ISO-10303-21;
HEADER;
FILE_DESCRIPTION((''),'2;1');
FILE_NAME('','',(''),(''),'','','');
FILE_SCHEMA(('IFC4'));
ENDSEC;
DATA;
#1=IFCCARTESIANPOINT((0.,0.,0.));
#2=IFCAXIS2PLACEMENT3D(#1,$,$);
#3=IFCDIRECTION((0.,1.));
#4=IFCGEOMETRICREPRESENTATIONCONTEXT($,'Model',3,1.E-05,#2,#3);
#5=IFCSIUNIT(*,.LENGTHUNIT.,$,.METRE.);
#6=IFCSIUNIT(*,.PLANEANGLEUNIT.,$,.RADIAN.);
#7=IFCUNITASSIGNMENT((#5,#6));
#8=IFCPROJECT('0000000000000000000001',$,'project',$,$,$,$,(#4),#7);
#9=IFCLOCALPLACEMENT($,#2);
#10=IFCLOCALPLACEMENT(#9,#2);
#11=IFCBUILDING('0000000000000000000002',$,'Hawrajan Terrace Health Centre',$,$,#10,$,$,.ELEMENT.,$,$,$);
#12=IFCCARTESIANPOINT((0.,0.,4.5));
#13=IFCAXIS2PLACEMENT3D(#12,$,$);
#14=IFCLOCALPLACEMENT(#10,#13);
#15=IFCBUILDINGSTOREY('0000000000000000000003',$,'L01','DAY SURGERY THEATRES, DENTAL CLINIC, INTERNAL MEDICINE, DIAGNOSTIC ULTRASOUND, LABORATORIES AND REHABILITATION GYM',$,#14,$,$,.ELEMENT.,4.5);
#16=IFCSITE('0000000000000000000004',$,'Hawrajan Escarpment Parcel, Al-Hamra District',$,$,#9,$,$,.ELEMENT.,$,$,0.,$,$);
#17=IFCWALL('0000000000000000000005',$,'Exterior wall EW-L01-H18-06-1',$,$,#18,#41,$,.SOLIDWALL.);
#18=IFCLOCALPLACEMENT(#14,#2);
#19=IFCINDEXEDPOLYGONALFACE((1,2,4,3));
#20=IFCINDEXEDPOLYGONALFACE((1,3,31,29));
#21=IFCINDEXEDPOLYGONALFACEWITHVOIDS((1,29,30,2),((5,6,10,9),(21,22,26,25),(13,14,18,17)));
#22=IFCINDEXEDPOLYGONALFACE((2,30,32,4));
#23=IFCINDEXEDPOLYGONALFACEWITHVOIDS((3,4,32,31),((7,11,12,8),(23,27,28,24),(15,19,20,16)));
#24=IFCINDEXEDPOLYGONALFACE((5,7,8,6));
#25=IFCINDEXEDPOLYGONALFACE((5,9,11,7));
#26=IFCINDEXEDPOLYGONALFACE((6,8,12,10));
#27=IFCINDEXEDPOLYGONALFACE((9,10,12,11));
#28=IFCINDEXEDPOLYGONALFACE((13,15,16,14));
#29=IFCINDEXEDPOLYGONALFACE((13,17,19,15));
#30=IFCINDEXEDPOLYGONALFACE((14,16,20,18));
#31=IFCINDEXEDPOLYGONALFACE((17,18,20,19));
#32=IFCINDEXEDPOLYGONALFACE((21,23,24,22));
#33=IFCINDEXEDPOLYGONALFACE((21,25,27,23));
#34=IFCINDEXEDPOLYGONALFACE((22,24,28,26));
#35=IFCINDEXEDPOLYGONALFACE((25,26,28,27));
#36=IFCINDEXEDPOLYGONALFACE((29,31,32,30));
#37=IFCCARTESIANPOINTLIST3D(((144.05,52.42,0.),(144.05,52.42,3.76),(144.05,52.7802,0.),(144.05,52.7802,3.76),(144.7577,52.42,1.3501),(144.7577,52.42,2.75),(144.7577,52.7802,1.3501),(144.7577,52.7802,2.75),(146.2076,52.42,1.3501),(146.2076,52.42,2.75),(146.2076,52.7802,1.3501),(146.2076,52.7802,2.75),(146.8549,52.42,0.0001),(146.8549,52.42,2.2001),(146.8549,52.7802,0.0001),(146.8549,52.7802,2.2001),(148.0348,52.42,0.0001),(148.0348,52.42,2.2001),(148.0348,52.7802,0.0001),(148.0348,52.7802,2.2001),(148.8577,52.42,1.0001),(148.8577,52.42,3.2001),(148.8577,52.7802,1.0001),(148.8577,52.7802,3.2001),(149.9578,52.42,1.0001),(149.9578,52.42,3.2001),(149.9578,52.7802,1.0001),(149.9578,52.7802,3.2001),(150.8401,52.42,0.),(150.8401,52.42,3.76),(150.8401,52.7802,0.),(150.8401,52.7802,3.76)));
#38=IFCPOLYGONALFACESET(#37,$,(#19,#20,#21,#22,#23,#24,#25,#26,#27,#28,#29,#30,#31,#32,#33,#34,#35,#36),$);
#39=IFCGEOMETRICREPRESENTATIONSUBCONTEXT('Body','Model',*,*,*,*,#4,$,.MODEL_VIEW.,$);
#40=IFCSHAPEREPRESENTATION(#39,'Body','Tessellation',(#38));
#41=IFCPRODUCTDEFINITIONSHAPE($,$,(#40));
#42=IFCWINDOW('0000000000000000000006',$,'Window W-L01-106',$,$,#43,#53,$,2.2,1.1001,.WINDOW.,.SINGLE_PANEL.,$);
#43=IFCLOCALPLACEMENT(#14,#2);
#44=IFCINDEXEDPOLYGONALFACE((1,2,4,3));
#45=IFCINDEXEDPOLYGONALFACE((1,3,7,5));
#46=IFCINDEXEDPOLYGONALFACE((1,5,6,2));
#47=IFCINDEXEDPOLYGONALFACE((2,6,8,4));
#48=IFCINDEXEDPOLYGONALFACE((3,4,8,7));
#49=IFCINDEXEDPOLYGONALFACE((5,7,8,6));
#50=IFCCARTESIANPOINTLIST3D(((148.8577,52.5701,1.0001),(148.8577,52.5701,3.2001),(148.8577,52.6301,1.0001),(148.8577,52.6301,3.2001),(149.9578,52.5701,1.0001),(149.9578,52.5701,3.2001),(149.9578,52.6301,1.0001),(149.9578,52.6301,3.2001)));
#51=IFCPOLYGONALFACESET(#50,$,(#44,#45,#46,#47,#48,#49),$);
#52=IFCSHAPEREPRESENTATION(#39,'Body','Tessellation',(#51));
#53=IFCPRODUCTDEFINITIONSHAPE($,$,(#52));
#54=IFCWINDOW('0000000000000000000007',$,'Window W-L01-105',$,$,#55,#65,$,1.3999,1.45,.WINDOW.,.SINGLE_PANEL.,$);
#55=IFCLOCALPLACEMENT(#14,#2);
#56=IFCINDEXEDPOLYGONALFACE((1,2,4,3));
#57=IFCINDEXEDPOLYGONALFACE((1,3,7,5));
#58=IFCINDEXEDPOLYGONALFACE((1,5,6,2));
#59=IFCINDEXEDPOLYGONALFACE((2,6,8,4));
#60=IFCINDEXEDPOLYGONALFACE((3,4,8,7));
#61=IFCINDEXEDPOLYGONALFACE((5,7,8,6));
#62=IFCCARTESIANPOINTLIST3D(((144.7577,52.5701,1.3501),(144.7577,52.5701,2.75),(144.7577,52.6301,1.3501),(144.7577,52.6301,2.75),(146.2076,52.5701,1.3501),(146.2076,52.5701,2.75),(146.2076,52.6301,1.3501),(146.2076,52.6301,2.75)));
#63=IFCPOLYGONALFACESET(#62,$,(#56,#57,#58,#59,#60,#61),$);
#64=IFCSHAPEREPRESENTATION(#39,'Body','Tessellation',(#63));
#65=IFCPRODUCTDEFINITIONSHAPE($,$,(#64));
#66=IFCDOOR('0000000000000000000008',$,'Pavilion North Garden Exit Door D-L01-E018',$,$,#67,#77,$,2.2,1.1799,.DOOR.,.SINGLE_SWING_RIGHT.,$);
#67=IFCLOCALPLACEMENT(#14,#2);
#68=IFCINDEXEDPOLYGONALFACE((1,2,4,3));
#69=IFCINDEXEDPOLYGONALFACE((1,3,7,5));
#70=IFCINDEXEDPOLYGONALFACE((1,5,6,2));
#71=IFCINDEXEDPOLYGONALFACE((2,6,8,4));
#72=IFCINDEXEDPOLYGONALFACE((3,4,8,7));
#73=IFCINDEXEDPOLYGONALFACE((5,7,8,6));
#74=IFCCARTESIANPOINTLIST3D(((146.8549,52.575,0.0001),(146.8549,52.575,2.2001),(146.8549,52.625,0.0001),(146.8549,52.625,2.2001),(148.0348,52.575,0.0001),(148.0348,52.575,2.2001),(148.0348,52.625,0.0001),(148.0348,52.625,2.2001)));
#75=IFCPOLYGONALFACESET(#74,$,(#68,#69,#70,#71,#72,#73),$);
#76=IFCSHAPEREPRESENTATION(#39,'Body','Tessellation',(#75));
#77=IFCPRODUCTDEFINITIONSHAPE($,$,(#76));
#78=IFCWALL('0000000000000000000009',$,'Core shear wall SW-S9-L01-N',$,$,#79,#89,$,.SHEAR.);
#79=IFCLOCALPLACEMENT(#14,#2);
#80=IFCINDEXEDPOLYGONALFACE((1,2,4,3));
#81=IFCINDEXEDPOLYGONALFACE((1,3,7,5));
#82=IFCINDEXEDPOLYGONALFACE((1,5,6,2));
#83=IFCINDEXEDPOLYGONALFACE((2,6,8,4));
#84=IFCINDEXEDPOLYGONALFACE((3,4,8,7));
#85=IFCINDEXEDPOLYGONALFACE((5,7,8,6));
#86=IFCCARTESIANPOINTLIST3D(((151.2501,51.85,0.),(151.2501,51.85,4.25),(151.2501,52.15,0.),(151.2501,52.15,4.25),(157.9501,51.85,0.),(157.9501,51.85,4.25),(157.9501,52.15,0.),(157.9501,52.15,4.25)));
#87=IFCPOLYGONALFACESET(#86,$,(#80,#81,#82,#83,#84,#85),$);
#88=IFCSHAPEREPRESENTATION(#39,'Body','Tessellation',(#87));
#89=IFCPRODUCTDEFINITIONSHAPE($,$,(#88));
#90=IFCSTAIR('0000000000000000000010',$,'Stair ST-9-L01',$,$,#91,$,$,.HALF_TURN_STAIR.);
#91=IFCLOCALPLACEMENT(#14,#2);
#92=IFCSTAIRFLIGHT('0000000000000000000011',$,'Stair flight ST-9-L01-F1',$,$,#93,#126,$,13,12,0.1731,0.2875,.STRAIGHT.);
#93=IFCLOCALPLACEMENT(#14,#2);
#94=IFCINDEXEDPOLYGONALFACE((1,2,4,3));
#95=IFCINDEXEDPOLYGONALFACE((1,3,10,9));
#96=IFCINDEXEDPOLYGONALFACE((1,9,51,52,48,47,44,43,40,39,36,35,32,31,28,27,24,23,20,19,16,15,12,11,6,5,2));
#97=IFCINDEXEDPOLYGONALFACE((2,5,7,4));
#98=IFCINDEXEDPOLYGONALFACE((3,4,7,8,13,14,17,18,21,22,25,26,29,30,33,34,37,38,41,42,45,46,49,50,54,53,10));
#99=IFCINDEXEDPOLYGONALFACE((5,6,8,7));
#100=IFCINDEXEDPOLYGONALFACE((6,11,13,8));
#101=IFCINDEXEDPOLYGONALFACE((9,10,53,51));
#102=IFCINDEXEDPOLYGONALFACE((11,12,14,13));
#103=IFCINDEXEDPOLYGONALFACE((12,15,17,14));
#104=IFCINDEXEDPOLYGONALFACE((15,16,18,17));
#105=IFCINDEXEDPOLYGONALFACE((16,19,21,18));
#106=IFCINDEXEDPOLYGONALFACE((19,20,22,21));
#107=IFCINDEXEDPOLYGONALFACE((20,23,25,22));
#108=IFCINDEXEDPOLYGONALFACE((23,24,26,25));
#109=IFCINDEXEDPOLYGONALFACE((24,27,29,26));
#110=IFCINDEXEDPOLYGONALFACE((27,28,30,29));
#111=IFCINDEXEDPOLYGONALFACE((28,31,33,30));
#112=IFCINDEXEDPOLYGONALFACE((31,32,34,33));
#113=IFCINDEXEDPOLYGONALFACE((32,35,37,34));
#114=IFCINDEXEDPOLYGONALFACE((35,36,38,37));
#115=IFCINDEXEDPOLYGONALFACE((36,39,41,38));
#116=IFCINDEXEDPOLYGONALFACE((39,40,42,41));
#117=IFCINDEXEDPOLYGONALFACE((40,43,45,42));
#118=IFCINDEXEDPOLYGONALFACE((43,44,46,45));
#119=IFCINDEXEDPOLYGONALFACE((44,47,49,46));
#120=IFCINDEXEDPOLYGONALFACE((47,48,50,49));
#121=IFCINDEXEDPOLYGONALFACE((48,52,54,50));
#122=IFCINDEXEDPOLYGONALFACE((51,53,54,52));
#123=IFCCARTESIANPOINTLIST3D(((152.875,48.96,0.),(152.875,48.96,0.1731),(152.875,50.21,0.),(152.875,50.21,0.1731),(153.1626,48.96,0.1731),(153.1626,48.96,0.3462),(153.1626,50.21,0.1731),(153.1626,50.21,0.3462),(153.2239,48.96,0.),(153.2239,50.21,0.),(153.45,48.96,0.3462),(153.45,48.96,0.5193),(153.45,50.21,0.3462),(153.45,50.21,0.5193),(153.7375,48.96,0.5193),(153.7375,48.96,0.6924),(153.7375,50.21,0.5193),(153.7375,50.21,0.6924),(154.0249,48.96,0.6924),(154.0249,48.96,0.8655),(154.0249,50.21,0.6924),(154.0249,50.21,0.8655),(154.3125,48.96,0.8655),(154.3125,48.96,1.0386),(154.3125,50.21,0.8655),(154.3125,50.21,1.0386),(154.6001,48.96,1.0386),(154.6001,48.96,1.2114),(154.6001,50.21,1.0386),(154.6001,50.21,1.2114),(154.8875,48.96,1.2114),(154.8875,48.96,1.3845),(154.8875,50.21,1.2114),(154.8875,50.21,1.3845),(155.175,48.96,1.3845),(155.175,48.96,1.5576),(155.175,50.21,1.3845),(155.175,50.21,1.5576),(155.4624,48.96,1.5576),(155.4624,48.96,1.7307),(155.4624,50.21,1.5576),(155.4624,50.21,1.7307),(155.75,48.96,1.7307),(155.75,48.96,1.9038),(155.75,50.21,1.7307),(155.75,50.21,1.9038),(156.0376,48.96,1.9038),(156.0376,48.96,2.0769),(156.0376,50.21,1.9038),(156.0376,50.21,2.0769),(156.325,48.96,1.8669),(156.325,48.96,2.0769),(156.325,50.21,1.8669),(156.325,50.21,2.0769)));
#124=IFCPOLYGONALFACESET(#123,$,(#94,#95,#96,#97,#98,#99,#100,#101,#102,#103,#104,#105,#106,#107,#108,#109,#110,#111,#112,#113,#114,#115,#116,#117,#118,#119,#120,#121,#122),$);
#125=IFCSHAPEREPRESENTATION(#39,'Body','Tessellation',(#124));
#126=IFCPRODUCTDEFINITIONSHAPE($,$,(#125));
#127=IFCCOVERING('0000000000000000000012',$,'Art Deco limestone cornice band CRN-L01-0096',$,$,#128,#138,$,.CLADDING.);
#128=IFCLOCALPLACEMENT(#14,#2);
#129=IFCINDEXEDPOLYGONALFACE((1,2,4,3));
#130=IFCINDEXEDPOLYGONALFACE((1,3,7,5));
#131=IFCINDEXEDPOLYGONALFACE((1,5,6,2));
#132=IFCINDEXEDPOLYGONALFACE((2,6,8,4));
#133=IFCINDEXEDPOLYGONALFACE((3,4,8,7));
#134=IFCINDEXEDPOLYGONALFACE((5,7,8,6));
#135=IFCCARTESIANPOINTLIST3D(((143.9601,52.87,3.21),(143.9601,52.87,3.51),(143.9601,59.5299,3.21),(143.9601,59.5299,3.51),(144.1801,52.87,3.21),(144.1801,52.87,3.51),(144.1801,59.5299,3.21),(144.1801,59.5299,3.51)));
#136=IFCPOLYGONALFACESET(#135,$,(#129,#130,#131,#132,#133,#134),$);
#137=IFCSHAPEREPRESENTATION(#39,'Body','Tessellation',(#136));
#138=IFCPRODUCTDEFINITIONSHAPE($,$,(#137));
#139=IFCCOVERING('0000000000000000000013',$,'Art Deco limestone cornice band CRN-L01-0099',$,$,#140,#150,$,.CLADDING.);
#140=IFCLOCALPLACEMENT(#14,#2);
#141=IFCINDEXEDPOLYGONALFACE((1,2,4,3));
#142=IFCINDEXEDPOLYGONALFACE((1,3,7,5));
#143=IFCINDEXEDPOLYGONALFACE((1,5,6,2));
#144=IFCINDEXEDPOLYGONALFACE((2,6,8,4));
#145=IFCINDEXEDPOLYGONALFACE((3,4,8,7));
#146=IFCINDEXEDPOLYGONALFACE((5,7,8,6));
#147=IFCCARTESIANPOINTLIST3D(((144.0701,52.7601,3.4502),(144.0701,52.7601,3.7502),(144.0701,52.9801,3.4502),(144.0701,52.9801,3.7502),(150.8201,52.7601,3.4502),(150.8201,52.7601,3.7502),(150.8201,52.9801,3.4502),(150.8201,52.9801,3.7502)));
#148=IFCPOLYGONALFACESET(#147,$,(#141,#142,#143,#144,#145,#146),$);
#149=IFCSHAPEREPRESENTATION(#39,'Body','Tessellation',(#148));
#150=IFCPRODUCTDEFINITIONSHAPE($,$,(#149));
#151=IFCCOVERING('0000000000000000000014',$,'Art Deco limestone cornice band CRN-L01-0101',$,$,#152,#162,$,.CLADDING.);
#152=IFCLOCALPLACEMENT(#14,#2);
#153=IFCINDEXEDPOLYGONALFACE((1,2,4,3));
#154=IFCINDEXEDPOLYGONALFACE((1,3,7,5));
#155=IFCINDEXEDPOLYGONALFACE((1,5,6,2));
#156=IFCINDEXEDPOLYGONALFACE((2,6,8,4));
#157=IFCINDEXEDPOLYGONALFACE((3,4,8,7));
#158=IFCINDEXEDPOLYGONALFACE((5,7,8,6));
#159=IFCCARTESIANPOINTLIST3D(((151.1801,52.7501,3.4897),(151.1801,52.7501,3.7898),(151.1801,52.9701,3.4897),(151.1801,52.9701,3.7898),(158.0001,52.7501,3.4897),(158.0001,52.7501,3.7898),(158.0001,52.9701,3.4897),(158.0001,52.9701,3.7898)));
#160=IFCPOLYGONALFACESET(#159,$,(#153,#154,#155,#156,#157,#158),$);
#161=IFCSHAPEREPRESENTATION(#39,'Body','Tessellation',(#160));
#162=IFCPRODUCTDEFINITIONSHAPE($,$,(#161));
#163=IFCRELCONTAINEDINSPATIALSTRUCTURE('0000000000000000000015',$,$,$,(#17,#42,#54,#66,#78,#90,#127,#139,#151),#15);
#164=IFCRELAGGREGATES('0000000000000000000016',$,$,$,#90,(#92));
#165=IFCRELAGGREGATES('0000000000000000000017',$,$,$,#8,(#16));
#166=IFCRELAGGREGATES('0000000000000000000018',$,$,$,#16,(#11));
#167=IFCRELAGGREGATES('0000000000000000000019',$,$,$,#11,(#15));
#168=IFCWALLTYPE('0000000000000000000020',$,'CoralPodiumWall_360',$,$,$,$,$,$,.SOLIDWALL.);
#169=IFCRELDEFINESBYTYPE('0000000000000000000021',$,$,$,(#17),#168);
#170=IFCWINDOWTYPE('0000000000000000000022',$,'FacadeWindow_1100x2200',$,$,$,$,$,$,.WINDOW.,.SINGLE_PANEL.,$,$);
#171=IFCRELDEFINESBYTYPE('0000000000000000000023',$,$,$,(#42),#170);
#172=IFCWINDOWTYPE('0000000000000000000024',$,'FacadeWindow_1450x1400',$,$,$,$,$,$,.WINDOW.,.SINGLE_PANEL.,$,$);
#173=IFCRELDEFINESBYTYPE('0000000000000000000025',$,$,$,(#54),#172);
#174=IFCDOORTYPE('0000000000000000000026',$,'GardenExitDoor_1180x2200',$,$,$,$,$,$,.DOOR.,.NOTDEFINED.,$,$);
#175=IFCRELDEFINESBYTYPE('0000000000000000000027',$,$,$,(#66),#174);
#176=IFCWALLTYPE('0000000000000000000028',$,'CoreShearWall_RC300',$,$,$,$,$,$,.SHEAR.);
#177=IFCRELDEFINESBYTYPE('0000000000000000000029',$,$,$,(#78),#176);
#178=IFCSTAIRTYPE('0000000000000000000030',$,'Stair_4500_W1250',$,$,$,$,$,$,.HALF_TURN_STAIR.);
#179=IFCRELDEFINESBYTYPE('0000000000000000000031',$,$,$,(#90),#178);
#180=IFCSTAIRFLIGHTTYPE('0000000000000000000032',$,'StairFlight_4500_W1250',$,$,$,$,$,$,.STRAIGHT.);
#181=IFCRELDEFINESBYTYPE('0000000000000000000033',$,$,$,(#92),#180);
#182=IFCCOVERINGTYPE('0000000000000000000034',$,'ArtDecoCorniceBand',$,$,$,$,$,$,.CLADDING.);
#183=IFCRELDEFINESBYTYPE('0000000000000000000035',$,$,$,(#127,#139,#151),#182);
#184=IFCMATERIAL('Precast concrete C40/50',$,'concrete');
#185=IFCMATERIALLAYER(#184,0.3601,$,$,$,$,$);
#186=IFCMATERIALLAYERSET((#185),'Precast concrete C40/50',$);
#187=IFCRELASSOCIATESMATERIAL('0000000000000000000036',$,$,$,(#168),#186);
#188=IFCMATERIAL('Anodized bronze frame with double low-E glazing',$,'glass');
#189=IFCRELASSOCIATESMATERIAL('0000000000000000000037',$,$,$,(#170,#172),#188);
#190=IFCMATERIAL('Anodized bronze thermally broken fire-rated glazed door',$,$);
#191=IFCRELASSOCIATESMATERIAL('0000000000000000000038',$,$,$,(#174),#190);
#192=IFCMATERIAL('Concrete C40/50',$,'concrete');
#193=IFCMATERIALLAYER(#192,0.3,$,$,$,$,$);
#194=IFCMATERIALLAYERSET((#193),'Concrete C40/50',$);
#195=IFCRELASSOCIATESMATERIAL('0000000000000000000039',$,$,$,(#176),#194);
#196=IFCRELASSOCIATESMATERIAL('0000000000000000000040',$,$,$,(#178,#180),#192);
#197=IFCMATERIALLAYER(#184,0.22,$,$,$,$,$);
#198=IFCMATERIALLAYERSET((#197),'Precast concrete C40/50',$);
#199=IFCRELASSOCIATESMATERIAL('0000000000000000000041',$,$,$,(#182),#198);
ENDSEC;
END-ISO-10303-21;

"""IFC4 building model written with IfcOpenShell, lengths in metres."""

from ifc_helpers import new_model, si_unit, direction, frame, frame_2d, origin, origin_2d, place, context, subcontext, project, spatial, polyline, rectangle, outline, extrude, material, layer, layer_set, type_object, element, fill, aggregate, save


model = new_model("IFC4")

# Units and contexts
model_context = context("Model", 3, precision=1e-05, world=origin(), true_north=direction((0.0, 1.0)))
body_context = subcontext(model_context, "Body", "Model", "MODEL_VIEW")
ifc_project = project(units=[si_unit("LENGTHUNIT", "METRE"), si_unit("PLANEANGLEUNIT", "RADIAN")], contexts=[model_context])

# Site, building, storey
site_placement = place(None, origin())
site = spatial("IfcSite", under=ifc_project, at=site_placement, Name="Hawrajan Escarpment Parcel, Al-Hamra District", CompositionType="ELEMENT", RefElevation=0.0)
building_placement = place(site_placement, origin())
building = spatial("IfcBuilding", under=site, at=building_placement, Name="Hawrajan Terrace Health Centre", CompositionType="ELEMENT")
storey_placement = place(building_placement, frame((0.0, 0.0, 4.5)))
storey = spatial("IfcBuildingStorey", under=building, at=storey_placement, Name="L01", Description="DAY SURGERY THEATRES, DENTAL CLINIC, INTERNAL MEDICINE, DIAGNOSTIC ULTRASOUND, LABORATORIES AND REHABILITATION GYM", CompositionType="ELEMENT", Elevation=4.5)

# Shared definitions
ifc_material_1 = material(Name="Concrete C40/50", Category="concrete")

# Shared definitions
ifc_material_2 = material(Name="Precast concrete C40/50", Category="concrete")

# Shared definitions
ifc_layer_1 = layer(ifc_material_2, 0.3601)
ifc_layer_set_1 = layer_set([ifc_layer_1], Name="Precast concrete C40/50")
wall_type_1 = type_object("IfcWallType", Name="CoralPodiumWall_360", PredefinedType="SOLIDWALL", material=ifc_layer_set_1)
ifc_material_3 = material(Name="Anodized bronze frame with double low-E glazing", Category="glass")

# Wall, openings, windows, door
wall_1_placement = place(storey_placement, frame((144.05, 52.6001, 0.0), z_axis=(0.0, 0.0, 1.0), x_axis=(1.0, 0.0, 0.0)))
wall_1 = element("IfcWall", 1, at=wall_1_placement, inside=storey, type_object=wall_type_1, Name="Exterior wall EW-L01-H18-06-1", PredefinedType="SOLIDWALL", context=body_context, shape_type="SweptSolid", body=[
    extrude(rectangle(XDim=6.79, YDim=0.3601, at=frame_2d((3.395, 0.0))), origin(), (0.0, 0.0, 1.0), 3.76),
])
opening_1_placement = place(wall_1_placement, frame((2.8049, 0.0, 0.0)))
opening_1 = element("IfcOpeningElement", 2, at=opening_1_placement, cuts=wall_1, PredefinedType="OPENING", context=body_context, shape_type="SweptSolid", body=[
    extrude(rectangle(XDim=1.1799, YDim=2.2, at=frame_2d((0.5898, 1.1001))), frame((0.0, 0.1899, 0.0), z_axis=(0.0, -1.0, 0.0), x_axis=(1.0, 0.0, 0.0)), (0.0, 0.0, 1.0), 0.3801),
])
opening_2_placement = place(wall_1_placement, frame((0.7075, 0.0, 1.3501)))
opening_2 = element("IfcOpeningElement", 3, at=opening_2_placement, cuts=wall_1, PredefinedType="OPENING", context=body_context, shape_type="SweptSolid", body=[
    extrude(rectangle(XDim=1.45, YDim=1.3999, at=frame_2d((0.7251, 0.7))), frame((0.0, 0.1899, 0.0), z_axis=(0.0, -1.0, 0.0), x_axis=(1.0, 0.0, 0.0)), (0.0, 0.0, 1.0), 0.3801),
])
opening_3_placement = place(wall_1_placement, frame((4.8076, 0.0, 1.0)))
opening_3 = element("IfcOpeningElement", 4, at=opening_3_placement, cuts=wall_1, PredefinedType="OPENING", context=body_context, shape_type="SweptSolid", body=[
    extrude(rectangle(XDim=1.1001, YDim=2.2, at=frame_2d((0.55, 1.1001))), frame((0.0, 0.1899, 0.0), z_axis=(0.0, -1.0, 0.0), x_axis=(1.0, 0.0, 0.0)), (0.0, 0.0, 1.0), 0.3801),
])
window_type_1 = type_object("IfcWindowType", Name="FacadeWindow_1100x2200", PartitioningType="SINGLE_PANEL", PredefinedType="WINDOW", material=ifc_material_3)
window_1_placement = place(opening_3_placement, origin())
window_1 = element("IfcWindow", 5, at=window_1_placement, inside=storey, type_object=window_type_1, Name="Window W-L01-106", OverallHeight=2.2, OverallWidth=1.1001, PartitioningType="SINGLE_PANEL", PredefinedType="WINDOW", context=body_context, shape_type="SweptSolid", body=[
    extrude(rectangle(XDim=1.1001, YDim=2.2, at=frame_2d((0.55, 1.1001))), frame((0.0, 0.03, 0.0), z_axis=(0.0, -1.0, 0.0), x_axis=(1.0, 0.0, 0.0)), (0.0, 0.0, 1.0), 0.0601),
])
fill(opening_3, window_1)
window_type_2 = type_object("IfcWindowType", Name="FacadeWindow_1450x1400", PartitioningType="SINGLE_PANEL", PredefinedType="WINDOW", material=ifc_material_3)
window_2_placement = place(opening_2_placement, origin())
window_2 = element("IfcWindow", 6, at=window_2_placement, inside=storey, type_object=window_type_2, Name="Window W-L01-105", OverallHeight=1.3999, OverallWidth=1.45, PartitioningType="SINGLE_PANEL", PredefinedType="WINDOW", context=body_context, shape_type="SweptSolid", body=[
    extrude(rectangle(XDim=1.45, YDim=1.3999, at=frame_2d((0.7251, 0.7))), frame((0.0, 0.03, 0.0), z_axis=(0.0, -1.0, 0.0), x_axis=(1.0, 0.0, 0.0)), (0.0, 0.0, 1.0), 0.0601),
])
fill(opening_2, window_2)
ifc_material_4 = material(Name="Anodized bronze thermally broken fire-rated glazed door")
door_type = type_object("IfcDoorType", Name="GardenExitDoor_1180x2200", OperationType="NOTDEFINED", PredefinedType="DOOR", material=ifc_material_4)
door_placement = place(opening_1_placement, origin())
door = element("IfcDoor", 7, at=door_placement, inside=storey, type_object=door_type, Name="Pavilion North Garden Exit Door D-L01-E018", OperationType="SINGLE_SWING_RIGHT", OverallHeight=2.2, OverallWidth=1.1799, PredefinedType="DOOR", context=body_context, shape_type="SweptSolid", body=[
    extrude(rectangle(XDim=1.1799, YDim=2.2, at=frame_2d((0.5898, 1.1001))), frame((0.0, 0.0249, 0.0), z_axis=(0.0, -1.0, 0.0), x_axis=(1.0, 0.0, 0.0)), (0.0, 0.0, 1.0), 0.05),
])
fill(opening_1, door)

# Wall
ifc_layer_2 = layer(ifc_material_1, 0.3)
ifc_layer_set_2 = layer_set([ifc_layer_2], Name="Concrete C40/50")
wall_type_2 = type_object("IfcWallType", Name="CoreShearWall_RC300", PredefinedType="SHEAR", material=ifc_layer_set_2)
wall_2_placement = place(storey_placement, frame((151.25, 52.0, 0.0), z_axis=(0.0, 0.0, 1.0), x_axis=(1.0, 0.0, 0.0)))
element("IfcWall", 8, at=wall_2_placement, inside=storey, type_object=wall_type_2, Name="Core shear wall SW-S9-L01-N", PredefinedType="SHEAR", context=body_context, shape_type="SweptSolid", body=[
    extrude(rectangle(XDim=6.7, YDim=0.3, at=frame_2d((3.3501, 0.0))), origin(), (0.0, 0.0, 1.0), 4.25),
])

# Stair, stair flight
stair_type = type_object("IfcStairType", Name="Stair_4500_W1250", PredefinedType="HALF_TURN_STAIR", material=ifc_material_1)
stair_placement = place(storey_placement, origin())
stair = element("IfcStair", 9, at=stair_placement, inside=storey, type_object=stair_type, Name="Stair ST-9-L01", PredefinedType="HALF_TURN_STAIR")
stair_flight_type = type_object("IfcStairFlightType", Name="StairFlight_4500_W1250", PredefinedType="STRAIGHT", material=ifc_material_1)
stair_flight_placement = place(storey_placement, frame((152.875, 49.585, 0.0), z_axis=(0.0, 0.0, 1.0), x_axis=(1.0, 0.0, 0.0)))
stair_flight = element("IfcStairFlight", 10, at=stair_flight_placement, type_object=stair_flight_type, Name="Stair flight ST-9-L01-F1", NumberOfRisers=13, NumberOfTreads=12, PredefinedType="STRAIGHT", RiserHeight=0.1731, TreadLength=0.2875, context=body_context, shape_type="SweptSolid", body=[
    extrude(outline(polyline([(0.0, 0.0), (0.0, 0.1731), (0.2876, 0.1731), (0.2876, 0.3462), (0.575, 0.3462), (0.575, 0.5193), (0.8625, 0.5193), (0.8625, 0.6924), (1.1499, 0.6924), (1.1499, 0.8655), (1.4375, 0.8655), (1.4375, 1.0386), (1.7251, 1.0386), (1.7251, 1.2114), (2.0125, 1.2114), (2.0125, 1.3845), (2.3, 1.3845), (2.3, 1.5576), (2.5874, 1.5576), (2.5874, 1.7307), (2.875, 1.7307), (2.875, 1.9038), (3.1626, 1.9038), (3.1626, 2.0769), (3.45, 2.0769), (3.45, 2.25), (3.45, 1.8669), (0.3489, 0.0), (0.0, 0.0)])), frame((0.0, 0.625, 0.0), z_axis=(0.0, -1.0, 0.0), x_axis=(1.0, 0.0, 0.0)), (0.0, 0.0, 1.0), 1.25),
])
aggregate(stair, [stair_flight])

# Coverings
ifc_layer_3 = layer(ifc_material_2, 0.22)
ifc_layer_set_3 = layer_set([ifc_layer_3], Name="Precast concrete C40/50")
covering_type_1 = type_object("IfcCoveringType", Name="ArtDecoCorniceBand", PredefinedType="CLADDING", material=ifc_layer_set_3)
covering_1_placement = place(storey_placement, frame((144.0701, 56.2, 3.21), z_axis=(0.0, 0.0, 1.0), x_axis=(0.0, 1.0, 0.0)))
element("IfcCovering", 11, at=covering_1_placement, inside=storey, type_object=covering_type_1, Name="Art Deco limestone cornice band CRN-L01-0096", PredefinedType="CLADDING", context=body_context, shape_type="SweptSolid", body=[
    extrude(rectangle(XDim=6.6599, YDim=0.22, at=origin_2d()), origin(), (0.0, 0.0, 1.0), 0.3),
])
covering_2_placement = place(storey_placement, frame((147.4451, 52.8701, 3.4502), z_axis=(0.0, 0.0, 1.0), x_axis=(1.0, 0.0, 0.0)))
element("IfcCovering", 12, at=covering_2_placement, inside=storey, type_object=covering_type_1, Name="Art Deco limestone cornice band CRN-L01-0099", PredefinedType="CLADDING", context=body_context, shape_type="SweptSolid", body=[
    extrude(rectangle(XDim=6.75, YDim=0.22, at=origin_2d()), origin(), (0.0, 0.0, 1.0), 0.3),
])
covering_3_placement = place(storey_placement, frame((154.5901, 52.8601, 3.4897), z_axis=(0.0, 0.0, 1.0), x_axis=(1.0, 0.0, 0.0)))
element("IfcCovering", 13, at=covering_3_placement, inside=storey, type_object=covering_type_1, Name="Art Deco limestone cornice band CRN-L01-0101", PredefinedType="CLADDING", context=body_context, shape_type="SweptSolid", body=[
    extrude(rectangle(XDim=6.8201, YDim=0.22, at=origin_2d()), origin(), (0.0, 0.0, 1.0), 0.3),
])

save(model, "model.ifc")
